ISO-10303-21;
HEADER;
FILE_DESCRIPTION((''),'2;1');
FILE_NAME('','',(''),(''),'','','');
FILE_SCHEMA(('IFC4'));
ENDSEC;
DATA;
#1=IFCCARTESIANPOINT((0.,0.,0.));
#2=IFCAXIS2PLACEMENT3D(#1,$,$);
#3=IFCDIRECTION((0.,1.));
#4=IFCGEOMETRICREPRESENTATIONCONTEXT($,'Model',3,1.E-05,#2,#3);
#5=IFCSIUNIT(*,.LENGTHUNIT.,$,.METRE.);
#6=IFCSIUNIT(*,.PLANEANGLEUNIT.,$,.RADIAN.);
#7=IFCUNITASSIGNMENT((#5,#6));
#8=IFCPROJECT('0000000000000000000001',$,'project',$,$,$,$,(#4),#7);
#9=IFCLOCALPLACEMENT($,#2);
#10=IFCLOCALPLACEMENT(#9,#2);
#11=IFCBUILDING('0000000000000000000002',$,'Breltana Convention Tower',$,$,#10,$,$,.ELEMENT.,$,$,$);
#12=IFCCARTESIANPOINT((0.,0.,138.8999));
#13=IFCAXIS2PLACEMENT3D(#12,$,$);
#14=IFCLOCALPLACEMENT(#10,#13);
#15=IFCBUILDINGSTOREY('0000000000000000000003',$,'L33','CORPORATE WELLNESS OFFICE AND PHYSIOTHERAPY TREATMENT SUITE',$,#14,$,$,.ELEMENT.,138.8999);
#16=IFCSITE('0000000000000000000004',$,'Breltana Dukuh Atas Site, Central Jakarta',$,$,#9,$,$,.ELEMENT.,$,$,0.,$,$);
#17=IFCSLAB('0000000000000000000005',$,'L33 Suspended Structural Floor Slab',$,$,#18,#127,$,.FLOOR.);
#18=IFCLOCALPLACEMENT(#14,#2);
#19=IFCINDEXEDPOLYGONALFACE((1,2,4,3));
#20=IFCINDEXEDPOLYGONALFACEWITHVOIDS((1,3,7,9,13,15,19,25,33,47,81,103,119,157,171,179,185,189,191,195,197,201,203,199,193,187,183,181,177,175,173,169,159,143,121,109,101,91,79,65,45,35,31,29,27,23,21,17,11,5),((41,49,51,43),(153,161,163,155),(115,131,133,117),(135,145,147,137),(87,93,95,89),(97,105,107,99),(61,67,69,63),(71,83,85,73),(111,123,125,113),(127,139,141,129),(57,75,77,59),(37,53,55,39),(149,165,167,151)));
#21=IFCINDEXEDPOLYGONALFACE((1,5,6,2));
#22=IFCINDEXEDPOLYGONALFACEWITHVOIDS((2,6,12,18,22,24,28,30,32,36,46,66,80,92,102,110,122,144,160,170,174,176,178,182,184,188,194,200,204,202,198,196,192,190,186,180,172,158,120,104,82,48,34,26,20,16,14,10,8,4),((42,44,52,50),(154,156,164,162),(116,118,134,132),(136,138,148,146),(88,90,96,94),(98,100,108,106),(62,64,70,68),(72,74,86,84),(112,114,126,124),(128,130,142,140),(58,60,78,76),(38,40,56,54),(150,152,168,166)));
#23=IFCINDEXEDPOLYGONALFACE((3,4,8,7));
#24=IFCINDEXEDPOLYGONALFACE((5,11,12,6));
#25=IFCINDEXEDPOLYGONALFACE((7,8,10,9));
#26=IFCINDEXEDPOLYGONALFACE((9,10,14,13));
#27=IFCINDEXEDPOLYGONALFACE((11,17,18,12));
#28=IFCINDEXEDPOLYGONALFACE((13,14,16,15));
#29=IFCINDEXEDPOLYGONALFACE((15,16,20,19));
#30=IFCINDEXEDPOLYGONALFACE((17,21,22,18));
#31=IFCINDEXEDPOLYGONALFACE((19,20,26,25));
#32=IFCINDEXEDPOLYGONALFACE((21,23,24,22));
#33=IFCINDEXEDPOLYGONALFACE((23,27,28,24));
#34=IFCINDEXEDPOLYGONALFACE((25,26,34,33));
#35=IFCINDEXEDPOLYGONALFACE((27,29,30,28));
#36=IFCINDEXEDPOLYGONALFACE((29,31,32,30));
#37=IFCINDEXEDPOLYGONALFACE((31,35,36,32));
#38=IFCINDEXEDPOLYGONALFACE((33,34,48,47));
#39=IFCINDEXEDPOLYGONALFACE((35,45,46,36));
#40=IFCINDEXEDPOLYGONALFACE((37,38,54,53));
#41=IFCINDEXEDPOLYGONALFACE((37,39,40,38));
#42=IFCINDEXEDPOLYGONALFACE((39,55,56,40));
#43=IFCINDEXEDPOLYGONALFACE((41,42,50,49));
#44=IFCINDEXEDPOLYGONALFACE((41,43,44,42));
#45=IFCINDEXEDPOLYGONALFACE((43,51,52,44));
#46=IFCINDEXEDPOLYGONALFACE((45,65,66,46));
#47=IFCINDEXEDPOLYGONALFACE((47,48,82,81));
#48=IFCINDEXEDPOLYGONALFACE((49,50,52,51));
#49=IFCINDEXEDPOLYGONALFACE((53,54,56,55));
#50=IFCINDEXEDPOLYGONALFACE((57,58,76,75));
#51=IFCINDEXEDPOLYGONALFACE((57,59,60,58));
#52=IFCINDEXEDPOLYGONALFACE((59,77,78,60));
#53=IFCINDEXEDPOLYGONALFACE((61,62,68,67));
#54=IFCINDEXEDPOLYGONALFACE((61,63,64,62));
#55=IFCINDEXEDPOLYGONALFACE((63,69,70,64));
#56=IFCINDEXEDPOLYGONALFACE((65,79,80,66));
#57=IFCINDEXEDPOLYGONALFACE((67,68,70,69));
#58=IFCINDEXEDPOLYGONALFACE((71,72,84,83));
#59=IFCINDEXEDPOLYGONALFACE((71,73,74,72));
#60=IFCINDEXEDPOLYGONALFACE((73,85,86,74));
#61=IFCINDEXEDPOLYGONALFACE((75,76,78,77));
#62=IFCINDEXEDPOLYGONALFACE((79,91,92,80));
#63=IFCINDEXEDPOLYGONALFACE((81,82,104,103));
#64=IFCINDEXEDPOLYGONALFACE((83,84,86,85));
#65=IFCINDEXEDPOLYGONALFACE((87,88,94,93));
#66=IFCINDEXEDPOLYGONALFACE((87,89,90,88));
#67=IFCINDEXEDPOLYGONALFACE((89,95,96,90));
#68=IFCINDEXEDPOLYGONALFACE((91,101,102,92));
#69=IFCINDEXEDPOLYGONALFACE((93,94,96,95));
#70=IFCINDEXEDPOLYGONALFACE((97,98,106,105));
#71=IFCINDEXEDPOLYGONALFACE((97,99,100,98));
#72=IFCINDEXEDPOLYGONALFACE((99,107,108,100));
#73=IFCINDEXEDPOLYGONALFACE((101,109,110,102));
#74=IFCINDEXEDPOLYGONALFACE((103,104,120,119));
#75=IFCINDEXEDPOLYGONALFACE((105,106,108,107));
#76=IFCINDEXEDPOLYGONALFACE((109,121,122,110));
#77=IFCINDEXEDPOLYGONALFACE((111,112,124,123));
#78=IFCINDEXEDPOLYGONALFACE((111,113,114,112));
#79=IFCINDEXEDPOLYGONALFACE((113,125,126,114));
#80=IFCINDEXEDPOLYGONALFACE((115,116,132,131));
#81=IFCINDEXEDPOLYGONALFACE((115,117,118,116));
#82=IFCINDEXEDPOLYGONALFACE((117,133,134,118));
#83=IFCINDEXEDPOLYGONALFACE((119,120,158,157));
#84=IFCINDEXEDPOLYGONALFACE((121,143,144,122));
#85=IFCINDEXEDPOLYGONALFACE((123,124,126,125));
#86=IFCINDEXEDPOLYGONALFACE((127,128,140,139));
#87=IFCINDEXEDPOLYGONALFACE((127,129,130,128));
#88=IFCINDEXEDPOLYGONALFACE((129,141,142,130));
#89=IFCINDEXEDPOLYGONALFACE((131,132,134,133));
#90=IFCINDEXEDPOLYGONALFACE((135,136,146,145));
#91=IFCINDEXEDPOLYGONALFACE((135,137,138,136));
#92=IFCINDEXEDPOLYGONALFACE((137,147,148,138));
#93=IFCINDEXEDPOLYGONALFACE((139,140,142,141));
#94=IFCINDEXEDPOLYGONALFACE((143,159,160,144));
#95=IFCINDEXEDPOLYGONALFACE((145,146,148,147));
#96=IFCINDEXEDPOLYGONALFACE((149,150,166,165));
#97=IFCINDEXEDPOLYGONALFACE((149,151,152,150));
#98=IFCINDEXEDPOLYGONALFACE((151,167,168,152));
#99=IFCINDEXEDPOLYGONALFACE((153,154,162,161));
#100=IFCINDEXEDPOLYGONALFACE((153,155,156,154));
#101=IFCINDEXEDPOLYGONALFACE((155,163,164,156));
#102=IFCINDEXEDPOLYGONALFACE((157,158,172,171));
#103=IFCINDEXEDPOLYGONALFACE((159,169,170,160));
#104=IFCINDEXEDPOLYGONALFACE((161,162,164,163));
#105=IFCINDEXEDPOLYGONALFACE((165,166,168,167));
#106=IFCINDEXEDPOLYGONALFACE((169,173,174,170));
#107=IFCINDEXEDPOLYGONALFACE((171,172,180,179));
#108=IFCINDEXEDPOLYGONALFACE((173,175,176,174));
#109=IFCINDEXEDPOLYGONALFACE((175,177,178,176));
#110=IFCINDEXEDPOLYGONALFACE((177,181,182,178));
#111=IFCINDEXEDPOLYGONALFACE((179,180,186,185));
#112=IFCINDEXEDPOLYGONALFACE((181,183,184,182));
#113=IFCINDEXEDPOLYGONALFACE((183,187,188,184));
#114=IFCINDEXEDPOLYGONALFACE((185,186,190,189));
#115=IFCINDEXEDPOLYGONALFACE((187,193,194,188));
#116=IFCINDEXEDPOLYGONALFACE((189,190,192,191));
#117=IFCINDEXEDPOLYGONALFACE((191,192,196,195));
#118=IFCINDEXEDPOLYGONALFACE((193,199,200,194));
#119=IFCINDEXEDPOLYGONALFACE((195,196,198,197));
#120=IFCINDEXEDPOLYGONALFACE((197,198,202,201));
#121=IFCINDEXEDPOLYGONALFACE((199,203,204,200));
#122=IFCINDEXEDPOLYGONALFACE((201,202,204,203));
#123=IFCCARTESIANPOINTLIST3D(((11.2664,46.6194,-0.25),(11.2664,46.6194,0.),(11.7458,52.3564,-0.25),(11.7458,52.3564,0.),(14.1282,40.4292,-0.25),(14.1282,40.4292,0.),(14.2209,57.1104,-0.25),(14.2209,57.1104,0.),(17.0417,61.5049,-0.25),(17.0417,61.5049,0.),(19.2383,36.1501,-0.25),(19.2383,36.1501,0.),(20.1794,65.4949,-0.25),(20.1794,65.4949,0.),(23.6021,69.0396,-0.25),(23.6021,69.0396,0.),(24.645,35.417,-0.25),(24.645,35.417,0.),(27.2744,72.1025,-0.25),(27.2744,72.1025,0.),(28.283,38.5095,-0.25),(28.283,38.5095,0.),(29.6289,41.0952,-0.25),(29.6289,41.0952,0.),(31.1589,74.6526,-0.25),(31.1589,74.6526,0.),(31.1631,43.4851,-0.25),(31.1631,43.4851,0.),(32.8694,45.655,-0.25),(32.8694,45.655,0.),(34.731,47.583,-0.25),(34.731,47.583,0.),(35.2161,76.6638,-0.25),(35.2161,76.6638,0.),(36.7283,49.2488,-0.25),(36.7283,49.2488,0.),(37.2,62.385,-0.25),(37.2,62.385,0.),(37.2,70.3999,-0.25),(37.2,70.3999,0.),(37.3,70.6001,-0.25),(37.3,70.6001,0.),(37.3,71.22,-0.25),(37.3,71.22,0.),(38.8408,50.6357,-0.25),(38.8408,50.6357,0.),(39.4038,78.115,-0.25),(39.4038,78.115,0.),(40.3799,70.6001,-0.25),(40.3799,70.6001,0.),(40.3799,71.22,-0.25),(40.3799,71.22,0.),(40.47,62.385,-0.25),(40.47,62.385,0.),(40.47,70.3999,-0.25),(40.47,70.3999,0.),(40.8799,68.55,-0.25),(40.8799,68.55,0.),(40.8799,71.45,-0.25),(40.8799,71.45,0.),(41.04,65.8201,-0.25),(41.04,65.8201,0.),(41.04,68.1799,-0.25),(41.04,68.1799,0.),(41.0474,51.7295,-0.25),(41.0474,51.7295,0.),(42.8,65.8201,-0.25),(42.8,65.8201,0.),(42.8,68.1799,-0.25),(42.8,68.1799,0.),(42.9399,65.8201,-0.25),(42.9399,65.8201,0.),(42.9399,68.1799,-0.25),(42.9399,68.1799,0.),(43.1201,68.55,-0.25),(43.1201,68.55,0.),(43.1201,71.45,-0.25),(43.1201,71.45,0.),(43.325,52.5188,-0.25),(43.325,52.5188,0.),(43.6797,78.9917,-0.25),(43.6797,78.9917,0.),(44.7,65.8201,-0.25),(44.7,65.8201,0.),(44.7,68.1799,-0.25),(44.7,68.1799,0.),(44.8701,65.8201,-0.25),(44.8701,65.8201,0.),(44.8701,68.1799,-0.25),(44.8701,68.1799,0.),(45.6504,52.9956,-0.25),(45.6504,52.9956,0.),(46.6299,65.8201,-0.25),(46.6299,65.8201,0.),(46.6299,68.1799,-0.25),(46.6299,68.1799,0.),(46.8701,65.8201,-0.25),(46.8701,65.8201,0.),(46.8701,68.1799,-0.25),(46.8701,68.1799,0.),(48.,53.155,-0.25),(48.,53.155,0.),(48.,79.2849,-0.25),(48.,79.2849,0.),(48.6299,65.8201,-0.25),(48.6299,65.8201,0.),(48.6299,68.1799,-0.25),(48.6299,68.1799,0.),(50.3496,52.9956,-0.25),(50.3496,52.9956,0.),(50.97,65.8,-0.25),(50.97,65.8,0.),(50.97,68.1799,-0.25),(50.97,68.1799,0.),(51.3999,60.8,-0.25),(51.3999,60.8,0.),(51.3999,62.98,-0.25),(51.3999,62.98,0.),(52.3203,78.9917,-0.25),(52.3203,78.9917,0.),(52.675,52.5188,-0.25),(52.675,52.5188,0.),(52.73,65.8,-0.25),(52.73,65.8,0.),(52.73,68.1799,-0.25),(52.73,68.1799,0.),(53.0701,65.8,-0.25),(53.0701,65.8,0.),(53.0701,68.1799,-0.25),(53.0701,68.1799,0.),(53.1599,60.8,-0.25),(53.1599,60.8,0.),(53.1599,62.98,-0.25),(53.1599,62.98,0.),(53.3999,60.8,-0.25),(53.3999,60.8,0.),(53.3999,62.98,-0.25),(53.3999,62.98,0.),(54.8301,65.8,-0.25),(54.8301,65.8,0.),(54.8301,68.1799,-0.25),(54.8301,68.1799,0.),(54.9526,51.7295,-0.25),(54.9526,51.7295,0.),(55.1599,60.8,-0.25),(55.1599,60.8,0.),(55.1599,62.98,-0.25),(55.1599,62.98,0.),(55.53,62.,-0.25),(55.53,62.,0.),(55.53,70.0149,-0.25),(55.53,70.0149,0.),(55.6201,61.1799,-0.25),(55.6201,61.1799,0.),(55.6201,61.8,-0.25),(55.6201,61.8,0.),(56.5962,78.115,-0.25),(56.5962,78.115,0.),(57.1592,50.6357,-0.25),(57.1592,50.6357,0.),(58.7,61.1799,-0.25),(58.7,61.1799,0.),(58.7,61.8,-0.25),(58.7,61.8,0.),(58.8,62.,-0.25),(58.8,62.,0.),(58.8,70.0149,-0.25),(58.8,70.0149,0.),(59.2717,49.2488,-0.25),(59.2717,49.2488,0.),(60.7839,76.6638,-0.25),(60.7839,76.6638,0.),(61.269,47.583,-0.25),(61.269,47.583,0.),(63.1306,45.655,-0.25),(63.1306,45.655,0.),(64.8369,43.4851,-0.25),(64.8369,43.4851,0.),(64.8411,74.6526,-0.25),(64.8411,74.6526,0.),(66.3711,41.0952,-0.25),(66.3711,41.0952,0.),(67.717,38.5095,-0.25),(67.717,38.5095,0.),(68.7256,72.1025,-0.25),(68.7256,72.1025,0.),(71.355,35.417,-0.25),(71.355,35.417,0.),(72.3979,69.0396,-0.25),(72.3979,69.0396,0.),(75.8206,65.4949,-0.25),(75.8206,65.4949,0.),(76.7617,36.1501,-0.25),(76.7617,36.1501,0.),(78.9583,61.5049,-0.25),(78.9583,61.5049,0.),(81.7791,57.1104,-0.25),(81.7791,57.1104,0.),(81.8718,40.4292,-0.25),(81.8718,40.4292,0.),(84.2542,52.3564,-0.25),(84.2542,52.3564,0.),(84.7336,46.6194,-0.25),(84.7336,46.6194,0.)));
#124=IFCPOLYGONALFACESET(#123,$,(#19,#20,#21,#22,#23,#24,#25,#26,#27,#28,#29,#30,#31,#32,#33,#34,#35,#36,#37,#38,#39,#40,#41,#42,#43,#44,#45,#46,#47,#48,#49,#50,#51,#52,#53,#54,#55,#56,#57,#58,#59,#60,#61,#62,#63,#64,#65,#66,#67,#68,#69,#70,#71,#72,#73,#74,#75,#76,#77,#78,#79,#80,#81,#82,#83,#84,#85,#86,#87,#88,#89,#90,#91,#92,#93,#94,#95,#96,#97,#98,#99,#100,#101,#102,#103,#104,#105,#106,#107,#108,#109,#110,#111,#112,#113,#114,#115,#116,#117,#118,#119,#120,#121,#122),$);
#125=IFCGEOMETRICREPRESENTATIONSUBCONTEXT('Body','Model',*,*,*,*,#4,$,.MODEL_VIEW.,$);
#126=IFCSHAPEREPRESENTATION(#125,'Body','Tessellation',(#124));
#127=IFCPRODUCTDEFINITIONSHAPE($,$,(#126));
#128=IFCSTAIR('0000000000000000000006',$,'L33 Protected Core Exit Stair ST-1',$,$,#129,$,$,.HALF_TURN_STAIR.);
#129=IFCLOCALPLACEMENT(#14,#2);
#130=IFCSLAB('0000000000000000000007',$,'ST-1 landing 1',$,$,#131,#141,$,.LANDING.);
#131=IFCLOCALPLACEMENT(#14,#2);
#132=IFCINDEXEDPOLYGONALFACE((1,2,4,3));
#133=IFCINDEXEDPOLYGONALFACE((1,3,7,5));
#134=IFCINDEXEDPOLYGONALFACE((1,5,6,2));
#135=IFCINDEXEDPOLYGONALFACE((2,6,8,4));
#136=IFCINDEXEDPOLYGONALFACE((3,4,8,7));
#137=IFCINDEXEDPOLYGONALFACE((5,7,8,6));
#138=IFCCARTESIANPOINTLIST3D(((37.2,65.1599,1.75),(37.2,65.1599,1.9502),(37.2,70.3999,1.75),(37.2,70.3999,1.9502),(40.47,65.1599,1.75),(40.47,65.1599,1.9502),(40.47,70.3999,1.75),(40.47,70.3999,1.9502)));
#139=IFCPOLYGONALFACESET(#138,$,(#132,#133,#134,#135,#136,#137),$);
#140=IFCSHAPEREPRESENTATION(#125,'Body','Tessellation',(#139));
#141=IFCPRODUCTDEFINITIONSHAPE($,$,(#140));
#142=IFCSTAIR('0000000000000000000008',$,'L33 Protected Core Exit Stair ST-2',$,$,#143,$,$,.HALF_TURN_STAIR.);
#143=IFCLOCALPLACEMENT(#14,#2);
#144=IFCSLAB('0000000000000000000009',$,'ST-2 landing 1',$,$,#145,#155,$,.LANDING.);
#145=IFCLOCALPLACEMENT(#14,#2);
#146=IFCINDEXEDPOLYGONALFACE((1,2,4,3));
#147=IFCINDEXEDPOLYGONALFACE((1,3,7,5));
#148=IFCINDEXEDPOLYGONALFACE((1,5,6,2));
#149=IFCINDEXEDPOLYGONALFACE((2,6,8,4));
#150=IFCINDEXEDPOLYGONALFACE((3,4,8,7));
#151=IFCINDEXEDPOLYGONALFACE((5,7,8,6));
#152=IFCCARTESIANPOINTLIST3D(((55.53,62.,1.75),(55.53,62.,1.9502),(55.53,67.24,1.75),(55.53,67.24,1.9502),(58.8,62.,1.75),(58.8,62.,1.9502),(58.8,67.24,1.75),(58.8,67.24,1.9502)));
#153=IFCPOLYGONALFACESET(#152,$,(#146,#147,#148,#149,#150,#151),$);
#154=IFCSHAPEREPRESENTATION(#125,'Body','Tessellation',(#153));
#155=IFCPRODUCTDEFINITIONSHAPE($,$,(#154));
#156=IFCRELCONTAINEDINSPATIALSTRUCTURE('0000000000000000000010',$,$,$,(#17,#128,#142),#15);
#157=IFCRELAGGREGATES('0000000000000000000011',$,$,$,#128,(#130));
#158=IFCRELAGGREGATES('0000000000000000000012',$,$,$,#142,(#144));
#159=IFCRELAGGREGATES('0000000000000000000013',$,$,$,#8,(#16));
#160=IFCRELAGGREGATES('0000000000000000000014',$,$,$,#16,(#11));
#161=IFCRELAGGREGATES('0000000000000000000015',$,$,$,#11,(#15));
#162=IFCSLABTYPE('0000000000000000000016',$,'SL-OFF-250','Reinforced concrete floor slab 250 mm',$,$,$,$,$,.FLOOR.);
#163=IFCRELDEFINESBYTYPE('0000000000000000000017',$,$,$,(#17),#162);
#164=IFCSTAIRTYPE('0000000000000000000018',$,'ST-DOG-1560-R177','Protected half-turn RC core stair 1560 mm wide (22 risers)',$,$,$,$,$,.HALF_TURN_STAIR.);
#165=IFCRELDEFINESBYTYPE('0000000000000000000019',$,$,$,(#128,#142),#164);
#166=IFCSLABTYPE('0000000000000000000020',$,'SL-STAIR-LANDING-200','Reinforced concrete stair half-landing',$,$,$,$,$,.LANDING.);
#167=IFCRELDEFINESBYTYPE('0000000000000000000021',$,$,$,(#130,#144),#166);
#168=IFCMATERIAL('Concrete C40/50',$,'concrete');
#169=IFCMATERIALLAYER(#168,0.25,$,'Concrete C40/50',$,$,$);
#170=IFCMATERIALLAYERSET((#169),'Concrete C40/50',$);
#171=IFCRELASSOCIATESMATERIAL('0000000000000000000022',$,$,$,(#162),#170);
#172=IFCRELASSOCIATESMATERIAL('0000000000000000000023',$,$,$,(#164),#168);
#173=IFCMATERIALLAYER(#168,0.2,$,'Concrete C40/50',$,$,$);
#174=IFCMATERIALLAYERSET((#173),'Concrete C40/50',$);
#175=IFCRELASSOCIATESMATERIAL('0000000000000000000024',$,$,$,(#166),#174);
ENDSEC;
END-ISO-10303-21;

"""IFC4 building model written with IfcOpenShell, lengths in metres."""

from ifc_helpers import new_model, si_unit, direction, frame, origin, place, context, subcontext, project, spatial, polyline, outline, extrude, material, layer, layer_set, type_object, element, aggregate, save


model = new_model("IFC4")

# Units and contexts
model_context = context("Model", 3, precision=1e-05, world=origin(), true_north=direction((0.0, 1.0)))
body_context = subcontext(model_context, "Body", "Model", "MODEL_VIEW")
ifc_project = project(units=[si_unit("LENGTHUNIT", "METRE"), si_unit("PLANEANGLEUNIT", "RADIAN")], contexts=[model_context])

# Site, building, storey
site_placement = place(None, origin())
site = spatial("IfcSite", under=ifc_project, at=site_placement, Name="Breltana Dukuh Atas Site, Central Jakarta", CompositionType="ELEMENT", RefElevation=0.0)
building_placement = place(site_placement, origin())
building = spatial("IfcBuilding", under=site, at=building_placement, Name="Breltana Convention Tower", CompositionType="ELEMENT")
storey_placement = place(building_placement, frame((0.0, 0.0, 138.8999)))
storey = spatial("IfcBuildingStorey", under=building, at=storey_placement, Name="L33", Description="CORPORATE WELLNESS OFFICE AND PHYSIOTHERAPY TREATMENT SUITE", CompositionType="ELEMENT", Elevation=138.8999)

# Slab
ifc_material_1 = material(Name="Concrete C40/50", Category="concrete")
ifc_layer_1 = layer(ifc_material_1, 0.25, Name="Concrete C40/50")
ifc_layer_set_1 = layer_set([ifc_layer_1], Name="Concrete C40/50")
slab_type_1 = type_object("IfcSlabType", Name="SL-OFF-250", Description="Reinforced concrete floor slab 250 mm", PredefinedType="FLOOR", material=ifc_layer_set_1)
slab_1_placement = place(storey_placement, frame((0.0, 0.0, -0.25)))
element("IfcSlab", 1, at=slab_1_placement, inside=storey, type_object=slab_type_1, Name="L33 Suspended Structural Floor Slab", PredefinedType="FLOOR", context=body_context, shape_type="SweptSolid", body=[
    extrude(outline(polyline([(84.2542, 52.3564), (81.7791, 57.1104), (78.9583, 61.5049), (75.8206, 65.4949), (72.3979, 69.0396), (68.7256, 72.1025), (64.8411, 74.6526), (60.7839, 76.6638), (56.5962, 78.115), (52.3203, 78.9917), (48.0, 79.2849), (43.6797, 78.9917), (39.4038, 78.115), (35.2161, 76.6638), (31.1589, 74.6526), (27.2744, 72.1025), (23.6021, 69.0396), (20.1794, 65.4949), (17.0417, 61.5049), (14.2209, 57.1104), (11.7458, 52.3564), (11.2664, 46.6194), (14.1282, 40.4292), (19.2383, 36.1501), (24.645, 35.417), (28.283, 38.5095), (29.6289, 41.0952), (31.1631, 43.4851), (32.8694, 45.655), (34.731, 47.583), (36.7283, 49.2488), (38.8408, 50.6357), (41.0474, 51.7295), (43.325, 52.5188), (45.6504, 52.9956), (48.0, 53.155), (50.3496, 52.9956), (52.675, 52.5188), (54.9526, 51.7295), (57.1592, 50.6357), (59.2717, 49.2488), (61.269, 47.583), (63.1306, 45.655), (64.8369, 43.4851), (66.3711, 41.0952), (67.717, 38.5095), (71.355, 35.417), (76.7617, 36.1501), (81.8718, 40.4292), (84.7336, 46.6194), (84.2542, 52.3564)]), holes=[polyline([(37.2, 62.385), (40.47, 62.385), (40.47, 70.3999), (37.2, 70.3999), (37.2, 62.385)]), polyline([(55.53, 62.0), (58.8, 62.0), (58.8, 70.0149), (55.53, 70.0149), (55.53, 62.0)]), polyline([(51.3999, 60.8), (53.1599, 60.8), (53.1599, 62.98), (51.3999, 62.98), (51.3999, 60.8)]), polyline([(53.3999, 60.8), (55.1599, 60.8), (55.1599, 62.98), (53.3999, 62.98), (53.3999, 60.8)]), polyline([(41.04, 65.8201), (42.8, 65.8201), (42.8, 68.1799), (41.04, 68.1799), (41.04, 65.8201)]), polyline([(42.9399, 65.8201), (44.7, 65.8201), (44.7, 68.1799), (42.9399, 68.1799), (42.9399, 65.8201)]), polyline([(44.8701, 65.8201), (46.6299, 65.8201), (46.6299, 68.1799), (44.8701, 68.1799), (44.8701, 65.8201)]), polyline([(46.8701, 65.8201), (48.6299, 65.8201), (48.6299, 68.1799), (46.8701, 68.1799), (46.8701, 65.8201)]), polyline([(50.97, 65.8), (52.73, 65.8), (52.73, 68.1799), (50.97, 68.1799), (50.97, 65.8)]), polyline([(53.0701, 65.8), (54.8301, 65.8), (54.8301, 68.1799), (53.0701, 68.1799), (53.0701, 65.8)]), polyline([(40.8799, 68.55), (43.1201, 68.55), (43.1201, 71.45), (40.8799, 71.45), (40.8799, 68.55)]), polyline([(37.3, 70.6001), (40.3799, 70.6001), (40.3799, 71.22), (37.3, 71.22), (37.3, 70.6001)]), polyline([(55.6201, 61.1799), (58.7, 61.1799), (58.7, 61.8), (55.6201, 61.8), (55.6201, 61.1799)])]), origin(), (0.0, 0.0, 1.0), 0.25),
])

# Stairs, slabs
stair_type = type_object("IfcStairType", Name="ST-DOG-1560-R177", Description="Protected half-turn RC core stair 1560 mm wide (22 risers)", PredefinedType="HALF_TURN_STAIR", material=ifc_material_1)
stair_1_placement = place(storey_placement, origin())
stair_1 = element("IfcStair", 2, at=stair_1_placement, inside=storey, type_object=stair_type, Name="L33 Protected Core Exit Stair ST-1", PredefinedType="HALF_TURN_STAIR")
ifc_layer_2 = layer(ifc_material_1, 0.2, Name="Concrete C40/50")
ifc_layer_set_2 = layer_set([ifc_layer_2], Name="Concrete C40/50")
slab_type_2 = type_object("IfcSlabType", Name="SL-STAIR-LANDING-200", Description="Reinforced concrete stair half-landing", PredefinedType="LANDING", material=ifc_layer_set_2)
slab_2_placement = place(storey_placement, frame((0.0, 0.0, 1.75)))
slab_2 = element("IfcSlab", 3, at=slab_2_placement, type_object=slab_type_2, Name="ST-1 landing 1", PredefinedType="LANDING", context=body_context, shape_type="SweptSolid", body=[
    extrude(outline(polyline([(40.47, 65.1599), (40.47, 70.3999), (37.2, 70.3999), (37.2, 65.1599), (40.47, 65.1599)])), origin(), (0.0, 0.0, 1.0), 0.2002),
])
aggregate(stair_1, [slab_2])
stair_2_placement = place(storey_placement, origin())
stair_2 = element("IfcStair", 4, at=stair_2_placement, inside=storey, type_object=stair_type, Name="L33 Protected Core Exit Stair ST-2", PredefinedType="HALF_TURN_STAIR")
slab_3_placement = place(storey_placement, frame((0.0, 0.0, 1.75)))
slab_3 = element("IfcSlab", 5, at=slab_3_placement, type_object=slab_type_2, Name="ST-2 landing 1", PredefinedType="LANDING", context=body_context, shape_type="SweptSolid", body=[
    extrude(outline(polyline([(55.53, 67.24), (55.53, 62.0), (58.8, 62.0), (58.8, 67.24), (55.53, 67.24)])), origin(), (0.0, 0.0, 1.0), 0.2002),
])
aggregate(stair_2, [slab_3])

save(model, "model.ifc")
